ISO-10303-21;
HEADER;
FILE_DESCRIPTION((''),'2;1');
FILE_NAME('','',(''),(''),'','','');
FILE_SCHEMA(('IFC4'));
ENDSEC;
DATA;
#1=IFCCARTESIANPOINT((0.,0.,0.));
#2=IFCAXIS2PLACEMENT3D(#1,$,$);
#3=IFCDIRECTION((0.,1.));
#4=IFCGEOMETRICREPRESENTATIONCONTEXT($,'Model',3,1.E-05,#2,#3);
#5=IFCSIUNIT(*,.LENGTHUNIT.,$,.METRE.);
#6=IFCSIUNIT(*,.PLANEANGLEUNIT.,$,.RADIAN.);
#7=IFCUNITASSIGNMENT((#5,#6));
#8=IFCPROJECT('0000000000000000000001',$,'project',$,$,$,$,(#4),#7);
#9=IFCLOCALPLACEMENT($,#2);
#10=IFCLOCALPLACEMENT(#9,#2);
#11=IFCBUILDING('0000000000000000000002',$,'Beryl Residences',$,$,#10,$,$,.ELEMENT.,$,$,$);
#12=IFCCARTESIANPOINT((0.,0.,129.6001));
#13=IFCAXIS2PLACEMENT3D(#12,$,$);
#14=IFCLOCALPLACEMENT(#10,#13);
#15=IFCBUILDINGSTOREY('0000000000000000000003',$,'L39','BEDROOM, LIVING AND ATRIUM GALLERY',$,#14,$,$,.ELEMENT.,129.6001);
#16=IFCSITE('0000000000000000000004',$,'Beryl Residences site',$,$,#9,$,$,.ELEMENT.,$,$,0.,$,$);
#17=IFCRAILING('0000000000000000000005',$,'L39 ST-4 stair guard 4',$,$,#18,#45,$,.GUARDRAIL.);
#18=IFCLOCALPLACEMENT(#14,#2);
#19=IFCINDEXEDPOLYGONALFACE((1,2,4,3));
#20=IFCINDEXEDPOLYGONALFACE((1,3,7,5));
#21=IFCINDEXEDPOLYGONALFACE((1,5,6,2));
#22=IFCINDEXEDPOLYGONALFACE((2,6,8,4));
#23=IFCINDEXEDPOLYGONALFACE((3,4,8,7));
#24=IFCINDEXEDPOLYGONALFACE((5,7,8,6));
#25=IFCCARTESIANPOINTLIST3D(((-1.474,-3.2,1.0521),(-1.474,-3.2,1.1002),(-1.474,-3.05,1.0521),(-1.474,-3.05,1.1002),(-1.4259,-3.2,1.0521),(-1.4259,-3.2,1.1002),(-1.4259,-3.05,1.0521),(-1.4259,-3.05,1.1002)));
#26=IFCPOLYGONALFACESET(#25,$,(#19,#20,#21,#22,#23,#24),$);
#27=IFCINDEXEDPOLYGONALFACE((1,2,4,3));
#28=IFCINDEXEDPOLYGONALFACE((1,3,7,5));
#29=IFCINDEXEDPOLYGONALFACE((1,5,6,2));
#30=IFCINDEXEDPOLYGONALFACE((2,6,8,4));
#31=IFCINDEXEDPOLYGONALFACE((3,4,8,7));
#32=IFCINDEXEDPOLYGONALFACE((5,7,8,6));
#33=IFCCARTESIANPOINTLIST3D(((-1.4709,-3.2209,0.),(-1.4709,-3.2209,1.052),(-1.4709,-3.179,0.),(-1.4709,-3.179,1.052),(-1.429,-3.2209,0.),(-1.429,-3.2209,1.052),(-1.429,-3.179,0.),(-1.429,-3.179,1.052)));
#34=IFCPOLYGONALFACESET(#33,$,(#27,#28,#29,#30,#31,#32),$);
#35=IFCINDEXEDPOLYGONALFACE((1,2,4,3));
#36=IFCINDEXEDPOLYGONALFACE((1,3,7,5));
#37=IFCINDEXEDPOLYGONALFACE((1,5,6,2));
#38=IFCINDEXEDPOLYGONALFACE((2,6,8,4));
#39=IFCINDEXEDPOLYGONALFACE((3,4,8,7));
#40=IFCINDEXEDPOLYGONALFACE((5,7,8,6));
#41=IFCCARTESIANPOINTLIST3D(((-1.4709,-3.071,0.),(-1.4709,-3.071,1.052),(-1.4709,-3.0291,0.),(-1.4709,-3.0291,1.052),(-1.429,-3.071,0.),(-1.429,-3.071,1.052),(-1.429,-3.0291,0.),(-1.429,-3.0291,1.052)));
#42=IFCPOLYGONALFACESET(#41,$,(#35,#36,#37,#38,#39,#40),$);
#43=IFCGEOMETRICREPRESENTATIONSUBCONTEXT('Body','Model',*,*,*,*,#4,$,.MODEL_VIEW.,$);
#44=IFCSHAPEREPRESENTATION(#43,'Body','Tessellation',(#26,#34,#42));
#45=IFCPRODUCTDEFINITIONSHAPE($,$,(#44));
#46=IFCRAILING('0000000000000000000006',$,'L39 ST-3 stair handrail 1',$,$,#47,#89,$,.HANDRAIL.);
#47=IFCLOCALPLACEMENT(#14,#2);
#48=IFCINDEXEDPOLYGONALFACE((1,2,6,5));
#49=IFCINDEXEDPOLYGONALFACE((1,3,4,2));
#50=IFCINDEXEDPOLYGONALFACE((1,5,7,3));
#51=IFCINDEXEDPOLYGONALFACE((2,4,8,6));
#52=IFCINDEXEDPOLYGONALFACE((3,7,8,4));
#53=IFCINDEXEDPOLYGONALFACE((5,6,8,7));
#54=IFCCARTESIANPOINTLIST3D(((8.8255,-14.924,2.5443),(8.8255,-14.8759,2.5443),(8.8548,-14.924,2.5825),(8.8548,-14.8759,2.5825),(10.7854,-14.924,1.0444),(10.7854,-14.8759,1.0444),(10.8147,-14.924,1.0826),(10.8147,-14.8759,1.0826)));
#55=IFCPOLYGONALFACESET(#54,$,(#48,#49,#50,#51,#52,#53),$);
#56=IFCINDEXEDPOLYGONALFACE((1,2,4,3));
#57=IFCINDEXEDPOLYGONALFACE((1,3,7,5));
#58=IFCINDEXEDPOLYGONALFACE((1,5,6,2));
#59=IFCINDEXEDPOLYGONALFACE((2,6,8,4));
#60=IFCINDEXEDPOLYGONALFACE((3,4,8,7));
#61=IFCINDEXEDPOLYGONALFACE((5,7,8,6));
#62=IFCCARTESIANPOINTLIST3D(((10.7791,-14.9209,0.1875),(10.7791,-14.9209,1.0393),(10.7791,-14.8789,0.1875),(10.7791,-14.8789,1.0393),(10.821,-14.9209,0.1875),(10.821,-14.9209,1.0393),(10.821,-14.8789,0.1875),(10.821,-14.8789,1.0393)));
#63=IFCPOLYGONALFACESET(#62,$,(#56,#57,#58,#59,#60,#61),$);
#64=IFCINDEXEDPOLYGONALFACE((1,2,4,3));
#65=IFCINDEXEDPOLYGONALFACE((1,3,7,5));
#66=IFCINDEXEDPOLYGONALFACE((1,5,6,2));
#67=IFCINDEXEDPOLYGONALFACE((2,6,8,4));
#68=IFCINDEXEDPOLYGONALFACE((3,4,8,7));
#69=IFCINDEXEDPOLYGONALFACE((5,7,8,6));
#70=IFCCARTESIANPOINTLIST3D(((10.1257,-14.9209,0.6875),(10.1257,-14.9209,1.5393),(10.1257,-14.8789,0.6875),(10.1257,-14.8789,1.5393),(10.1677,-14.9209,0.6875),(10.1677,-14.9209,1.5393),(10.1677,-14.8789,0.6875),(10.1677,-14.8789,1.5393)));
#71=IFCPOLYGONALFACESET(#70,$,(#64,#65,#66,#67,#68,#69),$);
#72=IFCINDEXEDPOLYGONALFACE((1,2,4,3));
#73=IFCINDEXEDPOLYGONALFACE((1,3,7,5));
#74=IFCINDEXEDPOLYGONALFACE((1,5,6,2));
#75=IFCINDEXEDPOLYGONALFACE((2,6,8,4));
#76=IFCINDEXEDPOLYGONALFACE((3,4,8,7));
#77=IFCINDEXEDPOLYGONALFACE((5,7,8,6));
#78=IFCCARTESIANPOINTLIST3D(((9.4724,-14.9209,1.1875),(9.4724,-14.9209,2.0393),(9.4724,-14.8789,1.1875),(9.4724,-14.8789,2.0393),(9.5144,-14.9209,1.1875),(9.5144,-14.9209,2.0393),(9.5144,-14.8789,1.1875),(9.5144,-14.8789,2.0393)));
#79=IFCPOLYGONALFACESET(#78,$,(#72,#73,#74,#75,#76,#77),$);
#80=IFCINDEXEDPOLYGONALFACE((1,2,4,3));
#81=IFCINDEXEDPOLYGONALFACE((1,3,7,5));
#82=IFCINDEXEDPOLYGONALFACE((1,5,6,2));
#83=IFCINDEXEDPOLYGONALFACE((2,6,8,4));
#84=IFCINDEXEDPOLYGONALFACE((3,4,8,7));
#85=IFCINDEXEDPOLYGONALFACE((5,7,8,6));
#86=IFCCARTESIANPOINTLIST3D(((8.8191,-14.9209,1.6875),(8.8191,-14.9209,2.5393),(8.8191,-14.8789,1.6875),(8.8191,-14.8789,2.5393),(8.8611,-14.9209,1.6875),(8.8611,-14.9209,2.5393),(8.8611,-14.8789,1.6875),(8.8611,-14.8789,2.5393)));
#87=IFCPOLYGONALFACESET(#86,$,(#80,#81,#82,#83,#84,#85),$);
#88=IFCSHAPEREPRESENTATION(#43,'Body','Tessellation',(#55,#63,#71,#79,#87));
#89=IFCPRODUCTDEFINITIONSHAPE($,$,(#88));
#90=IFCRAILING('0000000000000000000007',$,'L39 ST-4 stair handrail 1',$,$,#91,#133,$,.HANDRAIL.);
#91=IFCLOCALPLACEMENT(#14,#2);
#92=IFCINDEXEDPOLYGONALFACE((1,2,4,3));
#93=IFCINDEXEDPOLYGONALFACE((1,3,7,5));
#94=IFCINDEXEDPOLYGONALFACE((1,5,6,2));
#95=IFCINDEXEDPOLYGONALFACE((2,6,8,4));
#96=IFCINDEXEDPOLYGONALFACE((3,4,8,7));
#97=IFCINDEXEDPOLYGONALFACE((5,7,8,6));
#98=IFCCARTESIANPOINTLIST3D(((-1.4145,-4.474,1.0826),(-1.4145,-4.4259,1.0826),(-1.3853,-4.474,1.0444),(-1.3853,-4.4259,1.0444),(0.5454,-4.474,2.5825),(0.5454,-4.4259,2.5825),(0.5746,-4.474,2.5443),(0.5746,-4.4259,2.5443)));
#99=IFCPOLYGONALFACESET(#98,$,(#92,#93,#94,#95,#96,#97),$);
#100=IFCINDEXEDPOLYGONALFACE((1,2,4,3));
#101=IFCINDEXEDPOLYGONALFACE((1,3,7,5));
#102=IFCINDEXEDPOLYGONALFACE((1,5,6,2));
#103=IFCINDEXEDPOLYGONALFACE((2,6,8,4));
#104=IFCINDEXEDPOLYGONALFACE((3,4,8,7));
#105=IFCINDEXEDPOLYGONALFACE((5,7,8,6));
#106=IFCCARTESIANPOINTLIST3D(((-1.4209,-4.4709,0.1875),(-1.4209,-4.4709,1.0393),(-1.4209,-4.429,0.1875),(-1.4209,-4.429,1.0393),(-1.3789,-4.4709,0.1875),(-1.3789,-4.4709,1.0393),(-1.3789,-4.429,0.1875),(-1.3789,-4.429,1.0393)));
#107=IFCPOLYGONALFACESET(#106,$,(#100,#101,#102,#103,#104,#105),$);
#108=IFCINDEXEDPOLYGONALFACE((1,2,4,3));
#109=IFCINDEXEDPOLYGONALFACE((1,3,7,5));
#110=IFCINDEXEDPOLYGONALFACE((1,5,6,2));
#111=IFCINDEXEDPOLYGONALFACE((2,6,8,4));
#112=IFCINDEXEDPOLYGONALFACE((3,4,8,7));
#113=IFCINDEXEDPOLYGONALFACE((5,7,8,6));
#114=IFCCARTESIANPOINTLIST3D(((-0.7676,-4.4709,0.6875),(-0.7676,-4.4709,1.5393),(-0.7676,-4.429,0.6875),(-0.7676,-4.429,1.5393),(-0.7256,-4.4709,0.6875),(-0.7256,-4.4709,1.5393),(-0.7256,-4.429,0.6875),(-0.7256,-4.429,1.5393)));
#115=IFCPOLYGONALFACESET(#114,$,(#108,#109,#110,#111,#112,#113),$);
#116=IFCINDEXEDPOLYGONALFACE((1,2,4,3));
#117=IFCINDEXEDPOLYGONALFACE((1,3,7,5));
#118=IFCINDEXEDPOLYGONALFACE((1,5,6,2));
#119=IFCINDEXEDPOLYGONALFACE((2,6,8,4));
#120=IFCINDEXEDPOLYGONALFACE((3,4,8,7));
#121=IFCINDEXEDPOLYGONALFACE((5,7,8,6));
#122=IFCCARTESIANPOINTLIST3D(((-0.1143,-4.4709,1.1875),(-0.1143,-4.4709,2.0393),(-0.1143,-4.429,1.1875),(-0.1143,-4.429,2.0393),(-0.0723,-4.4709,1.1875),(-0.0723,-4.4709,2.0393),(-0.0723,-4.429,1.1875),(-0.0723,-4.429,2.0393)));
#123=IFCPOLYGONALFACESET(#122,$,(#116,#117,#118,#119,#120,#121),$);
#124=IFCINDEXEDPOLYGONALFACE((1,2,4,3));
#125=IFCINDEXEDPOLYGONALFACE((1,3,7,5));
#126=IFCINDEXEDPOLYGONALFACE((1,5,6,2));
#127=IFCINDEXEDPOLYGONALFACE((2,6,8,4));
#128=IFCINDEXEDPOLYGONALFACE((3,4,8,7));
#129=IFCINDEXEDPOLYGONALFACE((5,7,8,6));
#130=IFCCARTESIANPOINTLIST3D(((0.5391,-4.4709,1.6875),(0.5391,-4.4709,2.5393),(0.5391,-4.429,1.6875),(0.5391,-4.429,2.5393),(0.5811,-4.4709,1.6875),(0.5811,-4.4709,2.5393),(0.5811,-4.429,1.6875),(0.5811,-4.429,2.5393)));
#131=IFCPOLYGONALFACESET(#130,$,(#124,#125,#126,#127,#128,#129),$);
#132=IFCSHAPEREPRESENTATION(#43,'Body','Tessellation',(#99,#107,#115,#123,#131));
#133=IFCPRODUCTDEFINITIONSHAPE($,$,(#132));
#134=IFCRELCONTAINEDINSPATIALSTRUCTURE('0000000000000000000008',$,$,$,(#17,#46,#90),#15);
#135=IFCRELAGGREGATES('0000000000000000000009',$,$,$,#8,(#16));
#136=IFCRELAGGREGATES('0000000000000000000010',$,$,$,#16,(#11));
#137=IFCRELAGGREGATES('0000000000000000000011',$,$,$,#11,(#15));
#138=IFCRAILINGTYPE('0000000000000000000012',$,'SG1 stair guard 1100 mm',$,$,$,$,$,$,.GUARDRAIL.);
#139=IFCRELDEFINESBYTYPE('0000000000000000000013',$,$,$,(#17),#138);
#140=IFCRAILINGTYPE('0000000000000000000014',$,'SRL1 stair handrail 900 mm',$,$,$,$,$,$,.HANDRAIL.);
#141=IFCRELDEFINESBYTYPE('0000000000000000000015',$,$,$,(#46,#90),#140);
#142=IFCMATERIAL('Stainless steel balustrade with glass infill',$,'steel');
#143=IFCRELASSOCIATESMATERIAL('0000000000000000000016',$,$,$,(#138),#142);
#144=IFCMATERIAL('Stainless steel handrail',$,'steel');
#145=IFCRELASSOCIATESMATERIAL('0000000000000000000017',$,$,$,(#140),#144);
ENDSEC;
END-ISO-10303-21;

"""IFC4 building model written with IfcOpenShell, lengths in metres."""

from ifc_helpers import new_model, si_unit, direction, frame, origin, origin_2d, place, context, subcontext, project, spatial, rectangle, extrude, material, type_object, element, save


model = new_model("IFC4")

# Units and contexts
model_context = context("Model", 3, precision=1e-05, world=origin(), true_north=direction((0.0, 1.0)))
body_context = subcontext(model_context, "Body", "Model", "MODEL_VIEW")
ifc_project = project(units=[si_unit("LENGTHUNIT", "METRE"), si_unit("PLANEANGLEUNIT", "RADIAN")], contexts=[model_context])

# Site, building, storey
site_placement = place(None, origin())
site = spatial("IfcSite", under=ifc_project, at=site_placement, Name="Beryl Residences site", CompositionType="ELEMENT", RefElevation=0.0)
building_placement = place(site_placement, origin())
building = spatial("IfcBuilding", under=site, at=building_placement, Name="Beryl Residences", CompositionType="ELEMENT")
storey_placement = place(building_placement, frame((0.0, 0.0, 129.6001)))
storey = spatial("IfcBuildingStorey", under=building, at=storey_placement, Name="L39", Description="BEDROOM, LIVING AND ATRIUM GALLERY", CompositionType="ELEMENT", Elevation=129.6001)

# Railings
ifc_material_1 = material(Name="Stainless steel balustrade with glass infill", Category="steel")
railing_type_1 = type_object("IfcRailingType", Name="SG1 stair guard 1100 mm", PredefinedType="GUARDRAIL", material=ifc_material_1)
railing_1_placement = place(storey_placement, frame((-1.45, -3.2, 0.0)))
element("IfcRailing", 1, at=railing_1_placement, inside=storey, type_object=railing_type_1, Name="L39 ST-4 stair guard 4", PredefinedType="GUARDRAIL", context=body_context, shape_type="SweptSolid", body=[
    extrude(rectangle(XDim=0.0481, YDim=0.0481, at=origin_2d()), frame((0.0, 0.0, 1.0762), z_axis=(0.0, 1.0, 0.0), x_axis=(-1.0, 0.0, 0.0)), (0.0, 0.0, 1.0), 0.1499),
    extrude(rectangle(XDim=0.042, YDim=0.042, at=origin_2d()), origin(), (0.0, 0.0, 1.0), 1.052),
    extrude(rectangle(XDim=0.042, YDim=0.042, at=origin_2d()), frame((0.0, 0.1499, 0.0)), (0.0, 0.0, 1.0), 1.052),
])
ifc_material_2 = material(Name="Stainless steel handrail", Category="steel")
railing_type_2 = type_object("IfcRailingType", Name="SRL1 stair handrail 900 mm", PredefinedType="HANDRAIL", material=ifc_material_2)
railing_2_placement = place(storey_placement, frame((10.8, -14.8999, 0.1875)))
element("IfcRailing", 2, at=railing_2_placement, inside=storey, type_object=railing_type_2, Name="L39 ST-3 stair handrail 1", PredefinedType="HANDRAIL", context=body_context, shape_type="SweptSolid", body=[
    extrude(rectangle(XDim=0.0481, YDim=0.0481, at=origin_2d()), frame((0.0, 0.0, 0.876), z_axis=(-0.794122, 0.0, 0.607758), x_axis=(0.0, -1.0, 0.0)), (0.0, 0.0, 1.0), 2.468),
    extrude(rectangle(XDim=0.042, YDim=0.042, at=origin_2d()), origin(), (0.0, 0.0, 1.0), 0.8518),
    extrude(rectangle(XDim=0.042, YDim=0.042, at=origin_2d()), frame((-0.6533, 0.0, 0.5)), (0.0, 0.0, 1.0), 0.8518),
    extrude(rectangle(XDim=0.042, YDim=0.042, at=origin_2d()), frame((-1.3066, 0.0, 1.0)), (0.0, 0.0, 1.0), 0.8518),
    extrude(rectangle(XDim=0.042, YDim=0.042, at=origin_2d()), frame((-1.96, 0.0, 1.5)), (0.0, 0.0, 1.0), 0.8518),
])
railing_3_placement = place(storey_placement, frame((-1.3999, -4.45, 0.1875)))
element("IfcRailing", 3, at=railing_3_placement, inside=storey, type_object=railing_type_2, Name="L39 ST-4 stair handrail 1", PredefinedType="HANDRAIL", context=body_context, shape_type="SweptSolid", body=[
    extrude(rectangle(XDim=0.0481, YDim=0.0481, at=origin_2d()), frame((0.0, 0.0, 0.876), z_axis=(0.794122, 0.0, 0.607758), x_axis=(0.0, 1.0, 0.0)), (0.0, 0.0, 1.0), 2.468),
    extrude(rectangle(XDim=0.042, YDim=0.042, at=origin_2d()), origin(), (0.0, 0.0, 1.0), 0.8518),
    extrude(rectangle(XDim=0.042, YDim=0.042, at=origin_2d()), frame((0.6533, 0.0, 0.5)), (0.0, 0.0, 1.0), 0.8518),
    extrude(rectangle(XDim=0.042, YDim=0.042, at=origin_2d()), frame((1.3066, 0.0, 1.0)), (0.0, 0.0, 1.0), 0.8518),
    extrude(rectangle(XDim=0.042, YDim=0.042, at=origin_2d()), frame((1.96, 0.0, 1.5)), (0.0, 0.0, 1.0), 0.8518),
])

save(model, "model.ifc")
